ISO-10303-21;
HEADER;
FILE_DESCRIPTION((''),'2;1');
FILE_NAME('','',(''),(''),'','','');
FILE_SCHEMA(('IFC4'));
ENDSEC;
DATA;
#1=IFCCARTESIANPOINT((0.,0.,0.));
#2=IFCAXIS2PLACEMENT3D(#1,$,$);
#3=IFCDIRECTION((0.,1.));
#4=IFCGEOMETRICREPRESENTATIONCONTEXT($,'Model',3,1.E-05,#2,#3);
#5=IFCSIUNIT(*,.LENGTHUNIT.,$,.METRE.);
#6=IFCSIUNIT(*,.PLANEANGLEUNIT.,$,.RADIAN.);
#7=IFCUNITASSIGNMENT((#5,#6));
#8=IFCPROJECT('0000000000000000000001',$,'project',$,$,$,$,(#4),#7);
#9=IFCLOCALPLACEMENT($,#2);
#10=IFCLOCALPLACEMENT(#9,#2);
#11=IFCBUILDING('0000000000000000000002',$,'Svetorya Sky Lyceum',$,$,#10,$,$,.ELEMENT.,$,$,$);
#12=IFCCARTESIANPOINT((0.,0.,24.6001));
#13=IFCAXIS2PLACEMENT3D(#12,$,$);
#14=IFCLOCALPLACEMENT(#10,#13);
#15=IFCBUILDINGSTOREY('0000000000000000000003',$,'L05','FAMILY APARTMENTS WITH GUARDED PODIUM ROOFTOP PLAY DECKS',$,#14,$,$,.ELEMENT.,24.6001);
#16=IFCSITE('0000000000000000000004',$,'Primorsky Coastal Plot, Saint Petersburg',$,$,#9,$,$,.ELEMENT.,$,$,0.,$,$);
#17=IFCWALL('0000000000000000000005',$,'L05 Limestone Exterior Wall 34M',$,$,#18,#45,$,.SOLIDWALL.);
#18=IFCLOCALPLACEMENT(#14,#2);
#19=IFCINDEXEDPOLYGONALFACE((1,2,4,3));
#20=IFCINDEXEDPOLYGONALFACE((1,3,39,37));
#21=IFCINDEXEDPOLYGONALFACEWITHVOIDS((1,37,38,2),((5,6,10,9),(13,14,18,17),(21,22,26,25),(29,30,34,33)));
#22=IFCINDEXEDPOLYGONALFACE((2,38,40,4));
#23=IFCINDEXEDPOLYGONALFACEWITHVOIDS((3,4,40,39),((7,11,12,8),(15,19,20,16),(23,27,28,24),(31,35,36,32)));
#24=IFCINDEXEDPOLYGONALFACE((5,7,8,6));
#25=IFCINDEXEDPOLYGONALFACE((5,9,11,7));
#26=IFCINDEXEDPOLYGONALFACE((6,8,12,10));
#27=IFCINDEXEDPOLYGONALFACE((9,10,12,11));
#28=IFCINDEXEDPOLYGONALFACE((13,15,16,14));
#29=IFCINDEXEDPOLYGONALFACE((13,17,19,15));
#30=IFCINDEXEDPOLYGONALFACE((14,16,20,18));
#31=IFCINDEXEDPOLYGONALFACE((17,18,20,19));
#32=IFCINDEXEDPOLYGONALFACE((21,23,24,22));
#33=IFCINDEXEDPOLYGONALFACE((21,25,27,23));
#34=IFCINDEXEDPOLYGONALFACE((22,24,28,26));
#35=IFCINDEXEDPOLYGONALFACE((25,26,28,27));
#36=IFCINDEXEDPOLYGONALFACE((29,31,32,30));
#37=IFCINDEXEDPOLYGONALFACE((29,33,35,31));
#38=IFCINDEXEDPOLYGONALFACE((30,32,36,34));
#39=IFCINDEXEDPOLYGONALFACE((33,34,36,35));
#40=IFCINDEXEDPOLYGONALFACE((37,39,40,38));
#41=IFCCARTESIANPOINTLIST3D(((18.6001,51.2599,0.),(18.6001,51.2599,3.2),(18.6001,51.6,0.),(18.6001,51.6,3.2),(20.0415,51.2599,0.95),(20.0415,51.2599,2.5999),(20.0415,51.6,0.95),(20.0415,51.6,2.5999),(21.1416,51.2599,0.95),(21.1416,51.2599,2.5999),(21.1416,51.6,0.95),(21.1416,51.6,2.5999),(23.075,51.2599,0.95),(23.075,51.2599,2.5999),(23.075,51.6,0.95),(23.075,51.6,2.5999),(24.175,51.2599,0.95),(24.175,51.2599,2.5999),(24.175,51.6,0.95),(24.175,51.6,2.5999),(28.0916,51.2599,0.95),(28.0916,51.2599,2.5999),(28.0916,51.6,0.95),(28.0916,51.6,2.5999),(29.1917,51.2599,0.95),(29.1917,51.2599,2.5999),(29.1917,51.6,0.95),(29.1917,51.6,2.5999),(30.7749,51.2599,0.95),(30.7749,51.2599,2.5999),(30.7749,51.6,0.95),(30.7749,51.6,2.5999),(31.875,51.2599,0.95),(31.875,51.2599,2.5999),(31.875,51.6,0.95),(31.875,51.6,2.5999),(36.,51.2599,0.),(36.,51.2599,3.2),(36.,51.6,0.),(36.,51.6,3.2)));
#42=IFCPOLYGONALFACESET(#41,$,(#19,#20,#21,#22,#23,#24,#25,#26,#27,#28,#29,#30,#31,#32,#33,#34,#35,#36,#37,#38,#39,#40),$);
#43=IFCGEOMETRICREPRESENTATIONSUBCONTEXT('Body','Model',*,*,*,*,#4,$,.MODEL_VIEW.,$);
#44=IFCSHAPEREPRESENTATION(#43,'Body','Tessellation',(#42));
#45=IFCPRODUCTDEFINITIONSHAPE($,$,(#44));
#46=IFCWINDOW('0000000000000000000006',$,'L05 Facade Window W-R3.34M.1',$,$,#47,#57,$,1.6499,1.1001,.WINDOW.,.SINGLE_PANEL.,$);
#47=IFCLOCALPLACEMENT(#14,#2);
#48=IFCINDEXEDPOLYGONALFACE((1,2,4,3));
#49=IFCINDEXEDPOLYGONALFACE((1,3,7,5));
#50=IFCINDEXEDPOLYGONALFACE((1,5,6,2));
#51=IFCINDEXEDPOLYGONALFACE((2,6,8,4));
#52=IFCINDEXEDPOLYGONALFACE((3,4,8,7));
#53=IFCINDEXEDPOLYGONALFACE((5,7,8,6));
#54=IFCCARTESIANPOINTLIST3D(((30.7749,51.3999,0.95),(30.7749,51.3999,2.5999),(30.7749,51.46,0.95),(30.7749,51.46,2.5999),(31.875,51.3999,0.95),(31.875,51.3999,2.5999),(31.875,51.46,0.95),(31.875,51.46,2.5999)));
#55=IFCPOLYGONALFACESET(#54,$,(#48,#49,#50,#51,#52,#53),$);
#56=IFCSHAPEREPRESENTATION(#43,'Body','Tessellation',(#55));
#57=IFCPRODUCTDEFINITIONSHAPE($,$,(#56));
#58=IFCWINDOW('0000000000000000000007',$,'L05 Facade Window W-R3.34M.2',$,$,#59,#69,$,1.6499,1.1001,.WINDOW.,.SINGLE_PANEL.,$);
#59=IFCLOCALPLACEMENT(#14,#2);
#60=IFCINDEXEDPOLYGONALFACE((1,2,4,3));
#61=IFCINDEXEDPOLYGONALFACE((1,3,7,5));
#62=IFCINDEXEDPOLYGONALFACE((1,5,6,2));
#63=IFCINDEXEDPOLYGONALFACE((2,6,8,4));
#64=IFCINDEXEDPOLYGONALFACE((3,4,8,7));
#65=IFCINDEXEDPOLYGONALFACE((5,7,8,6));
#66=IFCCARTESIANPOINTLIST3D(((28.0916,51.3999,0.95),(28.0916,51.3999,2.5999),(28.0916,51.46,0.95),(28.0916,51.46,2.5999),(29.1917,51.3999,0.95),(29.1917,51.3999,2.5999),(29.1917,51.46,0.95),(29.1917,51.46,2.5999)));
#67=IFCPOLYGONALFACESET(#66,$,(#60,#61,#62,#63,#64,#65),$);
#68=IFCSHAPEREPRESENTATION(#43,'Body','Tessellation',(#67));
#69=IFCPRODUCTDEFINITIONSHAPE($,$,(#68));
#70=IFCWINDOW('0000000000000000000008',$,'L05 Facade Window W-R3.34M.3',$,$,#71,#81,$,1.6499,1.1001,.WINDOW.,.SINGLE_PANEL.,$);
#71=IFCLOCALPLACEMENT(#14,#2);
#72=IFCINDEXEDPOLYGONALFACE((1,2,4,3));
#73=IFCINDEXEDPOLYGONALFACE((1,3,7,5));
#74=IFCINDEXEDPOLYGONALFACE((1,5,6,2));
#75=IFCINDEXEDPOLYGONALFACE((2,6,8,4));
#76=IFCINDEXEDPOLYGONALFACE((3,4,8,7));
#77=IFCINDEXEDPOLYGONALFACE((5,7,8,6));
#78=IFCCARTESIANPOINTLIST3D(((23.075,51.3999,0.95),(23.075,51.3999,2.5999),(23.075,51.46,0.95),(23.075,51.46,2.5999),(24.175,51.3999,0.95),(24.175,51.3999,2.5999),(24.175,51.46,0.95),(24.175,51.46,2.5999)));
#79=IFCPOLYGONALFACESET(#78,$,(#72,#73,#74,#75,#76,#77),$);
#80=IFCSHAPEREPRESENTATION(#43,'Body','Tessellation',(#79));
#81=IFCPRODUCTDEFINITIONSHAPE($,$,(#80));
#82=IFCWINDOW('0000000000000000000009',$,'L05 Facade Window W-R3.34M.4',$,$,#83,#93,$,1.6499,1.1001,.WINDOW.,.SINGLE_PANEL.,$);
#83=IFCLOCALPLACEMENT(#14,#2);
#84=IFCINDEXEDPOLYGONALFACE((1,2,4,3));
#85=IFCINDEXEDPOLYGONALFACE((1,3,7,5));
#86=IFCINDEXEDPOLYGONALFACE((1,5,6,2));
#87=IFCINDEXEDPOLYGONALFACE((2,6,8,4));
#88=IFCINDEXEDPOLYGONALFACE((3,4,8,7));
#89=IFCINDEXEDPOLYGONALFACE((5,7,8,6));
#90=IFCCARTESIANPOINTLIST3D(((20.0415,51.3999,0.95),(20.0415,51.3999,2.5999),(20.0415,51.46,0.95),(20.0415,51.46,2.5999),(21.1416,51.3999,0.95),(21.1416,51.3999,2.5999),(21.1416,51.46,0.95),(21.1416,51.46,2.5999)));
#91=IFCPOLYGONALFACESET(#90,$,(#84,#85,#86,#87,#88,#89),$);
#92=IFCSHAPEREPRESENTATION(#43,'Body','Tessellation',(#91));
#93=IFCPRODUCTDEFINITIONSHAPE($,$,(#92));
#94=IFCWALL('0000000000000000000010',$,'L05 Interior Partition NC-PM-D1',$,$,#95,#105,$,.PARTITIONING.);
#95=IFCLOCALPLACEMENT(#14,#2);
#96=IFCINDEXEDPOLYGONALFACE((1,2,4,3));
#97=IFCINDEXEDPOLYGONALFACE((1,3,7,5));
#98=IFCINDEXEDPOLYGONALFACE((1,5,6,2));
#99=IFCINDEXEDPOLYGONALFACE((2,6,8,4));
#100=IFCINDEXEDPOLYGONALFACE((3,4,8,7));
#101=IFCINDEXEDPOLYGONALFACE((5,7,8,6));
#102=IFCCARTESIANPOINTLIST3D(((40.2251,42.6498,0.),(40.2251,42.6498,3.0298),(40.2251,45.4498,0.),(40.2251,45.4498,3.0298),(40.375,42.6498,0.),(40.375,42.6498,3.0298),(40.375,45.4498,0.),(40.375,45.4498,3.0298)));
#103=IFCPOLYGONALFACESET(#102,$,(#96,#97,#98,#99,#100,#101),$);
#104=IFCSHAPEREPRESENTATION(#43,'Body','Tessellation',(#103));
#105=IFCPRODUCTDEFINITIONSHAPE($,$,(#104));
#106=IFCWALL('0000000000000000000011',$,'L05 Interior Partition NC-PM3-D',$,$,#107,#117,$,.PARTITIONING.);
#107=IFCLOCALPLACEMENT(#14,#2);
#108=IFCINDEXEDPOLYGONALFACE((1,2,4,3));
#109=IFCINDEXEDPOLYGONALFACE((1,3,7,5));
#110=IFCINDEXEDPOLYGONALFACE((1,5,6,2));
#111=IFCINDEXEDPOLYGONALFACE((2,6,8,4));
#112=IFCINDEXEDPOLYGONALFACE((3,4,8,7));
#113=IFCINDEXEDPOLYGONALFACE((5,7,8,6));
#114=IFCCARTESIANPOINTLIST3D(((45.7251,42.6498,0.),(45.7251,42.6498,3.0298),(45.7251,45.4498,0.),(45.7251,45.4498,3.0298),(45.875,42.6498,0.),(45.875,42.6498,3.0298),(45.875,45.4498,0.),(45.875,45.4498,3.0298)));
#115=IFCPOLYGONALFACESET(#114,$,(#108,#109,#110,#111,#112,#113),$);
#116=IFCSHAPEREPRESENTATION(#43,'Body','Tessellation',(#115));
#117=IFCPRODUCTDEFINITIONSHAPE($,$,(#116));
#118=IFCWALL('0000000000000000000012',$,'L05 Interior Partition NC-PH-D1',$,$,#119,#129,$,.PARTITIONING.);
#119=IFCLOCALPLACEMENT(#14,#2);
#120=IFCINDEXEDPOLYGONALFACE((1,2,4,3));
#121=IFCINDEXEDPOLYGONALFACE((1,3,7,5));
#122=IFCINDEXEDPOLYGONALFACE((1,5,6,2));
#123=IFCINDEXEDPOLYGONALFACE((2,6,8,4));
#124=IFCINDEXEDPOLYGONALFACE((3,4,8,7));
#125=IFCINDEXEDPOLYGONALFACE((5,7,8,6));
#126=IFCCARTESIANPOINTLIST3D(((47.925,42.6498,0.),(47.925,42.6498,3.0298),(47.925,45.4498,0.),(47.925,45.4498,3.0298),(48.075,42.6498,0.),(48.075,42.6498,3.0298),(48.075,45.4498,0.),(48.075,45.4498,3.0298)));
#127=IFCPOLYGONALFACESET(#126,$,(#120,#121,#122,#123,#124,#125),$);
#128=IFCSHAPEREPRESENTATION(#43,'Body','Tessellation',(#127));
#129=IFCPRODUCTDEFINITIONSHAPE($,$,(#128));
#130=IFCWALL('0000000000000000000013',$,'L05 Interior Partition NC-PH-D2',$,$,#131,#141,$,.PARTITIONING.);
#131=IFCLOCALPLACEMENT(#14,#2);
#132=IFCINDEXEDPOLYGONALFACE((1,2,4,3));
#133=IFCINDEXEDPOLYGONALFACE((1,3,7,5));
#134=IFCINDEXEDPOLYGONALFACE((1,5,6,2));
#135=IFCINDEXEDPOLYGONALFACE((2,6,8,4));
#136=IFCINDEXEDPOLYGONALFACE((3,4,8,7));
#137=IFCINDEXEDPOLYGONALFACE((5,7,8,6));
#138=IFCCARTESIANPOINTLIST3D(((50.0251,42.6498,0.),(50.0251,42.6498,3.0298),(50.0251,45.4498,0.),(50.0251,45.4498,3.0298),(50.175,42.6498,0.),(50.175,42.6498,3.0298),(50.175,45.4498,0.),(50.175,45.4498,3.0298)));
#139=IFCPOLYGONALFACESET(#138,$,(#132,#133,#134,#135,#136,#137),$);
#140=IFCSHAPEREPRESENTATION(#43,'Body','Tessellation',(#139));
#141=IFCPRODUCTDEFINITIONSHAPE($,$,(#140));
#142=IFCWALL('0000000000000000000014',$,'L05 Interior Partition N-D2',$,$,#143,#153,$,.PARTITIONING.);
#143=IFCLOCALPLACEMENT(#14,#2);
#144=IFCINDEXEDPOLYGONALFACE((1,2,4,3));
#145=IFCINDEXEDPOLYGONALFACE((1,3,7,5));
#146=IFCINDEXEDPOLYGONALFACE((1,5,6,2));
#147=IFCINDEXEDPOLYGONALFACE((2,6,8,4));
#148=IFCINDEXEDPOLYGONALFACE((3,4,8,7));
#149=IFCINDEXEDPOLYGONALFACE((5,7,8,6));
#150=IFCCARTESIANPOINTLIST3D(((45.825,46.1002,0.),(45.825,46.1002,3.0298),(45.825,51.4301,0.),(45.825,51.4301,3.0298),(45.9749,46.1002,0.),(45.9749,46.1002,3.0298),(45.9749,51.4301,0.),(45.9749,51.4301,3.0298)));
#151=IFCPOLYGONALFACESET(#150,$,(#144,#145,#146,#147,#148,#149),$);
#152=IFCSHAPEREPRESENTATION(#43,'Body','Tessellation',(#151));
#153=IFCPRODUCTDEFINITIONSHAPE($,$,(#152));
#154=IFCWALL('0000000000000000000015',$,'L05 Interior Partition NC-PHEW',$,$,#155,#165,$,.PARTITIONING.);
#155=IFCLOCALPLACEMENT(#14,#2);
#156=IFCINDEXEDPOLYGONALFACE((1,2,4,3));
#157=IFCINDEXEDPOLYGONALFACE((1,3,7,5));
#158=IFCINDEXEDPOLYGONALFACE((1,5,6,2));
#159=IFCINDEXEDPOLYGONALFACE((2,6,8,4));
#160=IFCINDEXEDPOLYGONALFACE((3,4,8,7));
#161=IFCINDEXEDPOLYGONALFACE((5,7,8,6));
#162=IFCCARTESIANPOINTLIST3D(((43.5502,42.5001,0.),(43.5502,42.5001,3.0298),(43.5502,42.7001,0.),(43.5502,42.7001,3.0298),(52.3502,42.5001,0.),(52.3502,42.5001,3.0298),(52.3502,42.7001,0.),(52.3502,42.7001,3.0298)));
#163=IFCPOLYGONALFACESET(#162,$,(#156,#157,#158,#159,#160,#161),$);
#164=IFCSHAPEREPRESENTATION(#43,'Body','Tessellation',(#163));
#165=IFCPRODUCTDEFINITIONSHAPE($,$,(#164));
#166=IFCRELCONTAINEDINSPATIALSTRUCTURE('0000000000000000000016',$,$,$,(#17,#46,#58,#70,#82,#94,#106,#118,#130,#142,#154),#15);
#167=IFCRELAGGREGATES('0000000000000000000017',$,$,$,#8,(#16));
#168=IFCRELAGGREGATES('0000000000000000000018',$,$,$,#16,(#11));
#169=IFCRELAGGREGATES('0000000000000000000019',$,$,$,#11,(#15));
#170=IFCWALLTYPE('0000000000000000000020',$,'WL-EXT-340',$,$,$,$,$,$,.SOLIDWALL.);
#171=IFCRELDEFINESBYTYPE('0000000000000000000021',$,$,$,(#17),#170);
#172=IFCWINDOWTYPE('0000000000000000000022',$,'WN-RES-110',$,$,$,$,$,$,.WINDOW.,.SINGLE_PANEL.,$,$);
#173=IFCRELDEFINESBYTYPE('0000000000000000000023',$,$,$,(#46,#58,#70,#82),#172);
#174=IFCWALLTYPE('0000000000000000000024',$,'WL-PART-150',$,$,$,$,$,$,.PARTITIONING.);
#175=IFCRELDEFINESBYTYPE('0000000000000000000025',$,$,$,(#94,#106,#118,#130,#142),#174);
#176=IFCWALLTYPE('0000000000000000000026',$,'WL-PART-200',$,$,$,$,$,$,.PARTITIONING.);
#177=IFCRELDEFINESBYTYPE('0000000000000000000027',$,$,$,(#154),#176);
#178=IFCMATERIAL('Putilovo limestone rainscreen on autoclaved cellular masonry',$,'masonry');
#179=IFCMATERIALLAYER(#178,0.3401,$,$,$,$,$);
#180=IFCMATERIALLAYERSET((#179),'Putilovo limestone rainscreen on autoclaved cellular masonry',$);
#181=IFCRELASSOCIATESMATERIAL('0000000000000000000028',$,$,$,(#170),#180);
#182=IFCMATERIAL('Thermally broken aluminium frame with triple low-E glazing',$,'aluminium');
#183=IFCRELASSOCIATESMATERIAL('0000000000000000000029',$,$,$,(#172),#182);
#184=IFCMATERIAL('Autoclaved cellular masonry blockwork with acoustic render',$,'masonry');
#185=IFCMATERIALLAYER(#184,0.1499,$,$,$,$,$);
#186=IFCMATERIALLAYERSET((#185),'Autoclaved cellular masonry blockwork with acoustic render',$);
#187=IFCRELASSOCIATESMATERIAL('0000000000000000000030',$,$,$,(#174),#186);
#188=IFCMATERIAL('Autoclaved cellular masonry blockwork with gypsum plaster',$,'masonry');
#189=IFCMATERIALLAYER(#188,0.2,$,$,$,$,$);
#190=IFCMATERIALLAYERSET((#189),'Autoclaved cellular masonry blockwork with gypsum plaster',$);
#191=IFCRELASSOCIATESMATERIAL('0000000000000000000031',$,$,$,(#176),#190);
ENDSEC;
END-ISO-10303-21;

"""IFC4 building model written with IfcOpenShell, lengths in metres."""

from ifc_helpers import new_model, si_unit, direction, frame, frame_2d, origin, place, context, subcontext, project, spatial, rectangle, extrude, material, layer, layer_set, type_object, element, fill, save


model = new_model("IFC4")

# Units and contexts
model_context = context("Model", 3, precision=1e-05, world=origin(), true_north=direction((0.0, 1.0)))
body_context = subcontext(model_context, "Body", "Model", "MODEL_VIEW")
ifc_project = project(units=[si_unit("LENGTHUNIT", "METRE"), si_unit("PLANEANGLEUNIT", "RADIAN")], contexts=[model_context])

# Site, building, storey
site_placement = place(None, origin())
site = spatial("IfcSite", under=ifc_project, at=site_placement, Name="Primorsky Coastal Plot, Saint Petersburg", CompositionType="ELEMENT", RefElevation=0.0)
building_placement = place(site_placement, origin())
building = spatial("IfcBuilding", under=site, at=building_placement, Name="Svetorya Sky Lyceum", CompositionType="ELEMENT")
storey_placement = place(building_placement, frame((0.0, 0.0, 24.6001)))
storey = spatial("IfcBuildingStorey", under=building, at=storey_placement, Name="L05", Description="FAMILY APARTMENTS WITH GUARDED PODIUM ROOFTOP PLAY DECKS", CompositionType="ELEMENT", Elevation=24.6001)

# Shared definitions
ifc_material_1 = material(Name="Putilovo limestone rainscreen on autoclaved cellular masonry", Category="masonry")
ifc_layer_1 = layer(ifc_material_1, 0.3401)
ifc_layer_set_1 = layer_set([ifc_layer_1], Name="Putilovo limestone rainscreen on autoclaved cellular masonry")
wall_type_1 = type_object("IfcWallType", Name="WL-EXT-340", PredefinedType="SOLIDWALL", material=ifc_layer_set_1)

# Wall, openings, windows
wall_1_placement = place(storey_placement, frame((36.0, 51.4299, 0.0), z_axis=(0.0, 0.0, 1.0), x_axis=(-1.0, 0.0, 0.0)))
wall_1 = element("IfcWall", 1, at=wall_1_placement, inside=storey, type_object=wall_type_1, Name="L05 Limestone Exterior Wall 34M", PredefinedType="SOLIDWALL", context=body_context, shape_type="SweptSolid", body=[
    extrude(rectangle(XDim=17.3999, YDim=0.3401, at=frame_2d((8.7, 0.0))), origin(), (0.0, 0.0, 1.0), 3.2),
])
opening_1_placement = place(wall_1_placement, frame((4.125, 0.0, 0.95)))
opening_1 = element("IfcOpeningElement", 2, at=opening_1_placement, cuts=wall_1, PredefinedType="OPENING", context=body_context, shape_type="SweptSolid", body=[
    extrude(rectangle(XDim=1.1001, YDim=1.6499, at=frame_2d((0.55, 0.825))), frame((0.0, 0.1799, 0.0), z_axis=(0.0, -1.0, 0.0), x_axis=(1.0, 0.0, 0.0)), (0.0, 0.0, 1.0), 0.3601),
])
opening_2_placement = place(wall_1_placement, frame((6.8083, 0.0, 0.95)))
opening_2 = element("IfcOpeningElement", 3, at=opening_2_placement, cuts=wall_1, PredefinedType="OPENING", context=body_context, shape_type="SweptSolid", body=[
    extrude(rectangle(XDim=1.1001, YDim=1.6499, at=frame_2d((0.55, 0.825))), frame((0.0, 0.1799, 0.0), z_axis=(0.0, -1.0, 0.0), x_axis=(1.0, 0.0, 0.0)), (0.0, 0.0, 1.0), 0.3601),
])
opening_3_placement = place(wall_1_placement, frame((11.825, 0.0, 0.95)))
opening_3 = element("IfcOpeningElement", 4, at=opening_3_placement, cuts=wall_1, PredefinedType="OPENING", context=body_context, shape_type="SweptSolid", body=[
    extrude(rectangle(XDim=1.1001, YDim=1.6499, at=frame_2d((0.55, 0.825))), frame((0.0, 0.1799, 0.0), z_axis=(0.0, -1.0, 0.0), x_axis=(1.0, 0.0, 0.0)), (0.0, 0.0, 1.0), 0.3601),
])
opening_4_placement = place(wall_1_placement, frame((14.8584, 0.0, 0.95)))
opening_4 = element("IfcOpeningElement", 5, at=opening_4_placement, cuts=wall_1, PredefinedType="OPENING", context=body_context, shape_type="SweptSolid", body=[
    extrude(rectangle(XDim=1.1001, YDim=1.6499, at=frame_2d((0.55, 0.825))), frame((0.0, 0.1799, 0.0), z_axis=(0.0, -1.0, 0.0), x_axis=(1.0, 0.0, 0.0)), (0.0, 0.0, 1.0), 0.3601),
])
ifc_material_2 = material(Name="Thermally broken aluminium frame with triple low-E glazing", Category="aluminium")
window_type = type_object("IfcWindowType", Name="WN-RES-110", PartitioningType="SINGLE_PANEL", PredefinedType="WINDOW", material=ifc_material_2)
window_1_placement = place(opening_1_placement, origin())
window_1 = element("IfcWindow", 6, at=window_1_placement, inside=storey, type_object=window_type, Name="L05 Facade Window W-R3.34M.1", OverallHeight=1.6499, OverallWidth=1.1001, PartitioningType="SINGLE_PANEL", PredefinedType="WINDOW", context=body_context, shape_type="SweptSolid", body=[
    extrude(rectangle(XDim=1.1001, YDim=1.6499, at=frame_2d((0.55, 0.825))), frame((0.0, 0.03, 0.0), z_axis=(0.0, -1.0, 0.0), x_axis=(1.0, 0.0, 0.0)), (0.0, 0.0, 1.0), 0.0601),
])
fill(opening_1, window_1)
window_2_placement = place(opening_2_placement, origin())
window_2 = element("IfcWindow", 7, at=window_2_placement, inside=storey, type_object=window_type, Name="L05 Facade Window W-R3.34M.2", OverallHeight=1.6499, OverallWidth=1.1001, PartitioningType="SINGLE_PANEL", PredefinedType="WINDOW", context=body_context, shape_type="SweptSolid", body=[
    extrude(rectangle(XDim=1.1001, YDim=1.6499, at=frame_2d((0.55, 0.825))), frame((0.0, 0.03, 0.0), z_axis=(0.0, -1.0, 0.0), x_axis=(1.0, 0.0, 0.0)), (0.0, 0.0, 1.0), 0.0601),
])
fill(opening_2, window_2)
window_3_placement = place(opening_3_placement, origin())
window_3 = element("IfcWindow", 8, at=window_3_placement, inside=storey, type_object=window_type, Name="L05 Facade Window W-R3.34M.3", OverallHeight=1.6499, OverallWidth=1.1001, PartitioningType="SINGLE_PANEL", PredefinedType="WINDOW", context=body_context, shape_type="SweptSolid", body=[
    extrude(rectangle(XDim=1.1001, YDim=1.6499, at=frame_2d((0.55, 0.825))), frame((0.0, 0.03, 0.0), z_axis=(0.0, -1.0, 0.0), x_axis=(1.0, 0.0, 0.0)), (0.0, 0.0, 1.0), 0.0601),
])
fill(opening_3, window_3)
window_4_placement = place(opening_4_placement, origin())
window_4 = element("IfcWindow", 9, at=window_4_placement, inside=storey, type_object=window_type, Name="L05 Facade Window W-R3.34M.4", OverallHeight=1.6499, OverallWidth=1.1001, PartitioningType="SINGLE_PANEL", PredefinedType="WINDOW", context=body_context, shape_type="SweptSolid", body=[
    extrude(rectangle(XDim=1.1001, YDim=1.6499, at=frame_2d((0.55, 0.825))), frame((0.0, 0.03, 0.0), z_axis=(0.0, -1.0, 0.0), x_axis=(1.0, 0.0, 0.0)), (0.0, 0.0, 1.0), 0.0601),
])
fill(opening_4, window_4)

# Walls
ifc_material_3 = material(Name="Autoclaved cellular masonry blockwork with acoustic render", Category="masonry")
ifc_layer_2 = layer(ifc_material_3, 0.1499)
ifc_layer_set_2 = layer_set([ifc_layer_2], Name="Autoclaved cellular masonry blockwork with acoustic render")
wall_type_2 = type_object("IfcWallType", Name="WL-PART-150", PredefinedType="PARTITIONING", material=ifc_layer_set_2)
for number, where, z_axis, x_axis, name in (
    (10, (40.3, 42.6499, 0.0), (0.0, 0.0, 1.0), (0.0, 1.0, 0.0), "L05 Interior Partition NC-PM-D1"),
    (11, (45.8, 42.6499, 0.0), (0.0, 0.0, 1.0), (0.0, 1.0, 0.0), "L05 Interior Partition NC-PM3-D"),
    (12, (48.0, 42.6499, 0.0), (0.0, 0.0, 1.0), (0.0, 1.0, 0.0), "L05 Interior Partition NC-PH-D1"),
    (13, (50.1001, 42.6499, 0.0), (0.0, 0.0, 1.0), (0.0, 1.0, 0.0), "L05 Interior Partition NC-PH-D2"),
):
    element("IfcWall", number, at=place(storey_placement, frame(where, z_axis=z_axis, x_axis=x_axis)), inside=storey, type_object=wall_type_2, Name=name, PredefinedType="PARTITIONING", context=body_context, shape_type="SweptSolid", body=[
        extrude(rectangle(XDim=2.8, YDim=0.1499, at=frame_2d((1.3999, 0.0))), origin(), (0.0, 0.0, 1.0), 3.0298),
    ])
wall_2_placement = place(storey_placement, frame((45.8999, 46.1001, 0.0), z_axis=(0.0, 0.0, 1.0), x_axis=(0.0, 1.0, 0.0)))
element("IfcWall", 14, at=wall_2_placement, inside=storey, type_object=wall_type_2, Name="L05 Interior Partition N-D2", PredefinedType="PARTITIONING", context=body_context, shape_type="SweptSolid", body=[
    extrude(rectangle(XDim=5.3298, YDim=0.1499, at=frame_2d((2.665, 0.0))), origin(), (0.0, 0.0, 1.0), 3.0298),
])
ifc_material_4 = material(Name="Autoclaved cellular masonry blockwork with gypsum plaster", Category="masonry")
ifc_layer_3 = layer(ifc_material_4, 0.2)
ifc_layer_set_3 = layer_set([ifc_layer_3], Name="Autoclaved cellular masonry blockwork with gypsum plaster")
wall_type_3 = type_object("IfcWallType", Name="WL-PART-200", PredefinedType="PARTITIONING", material=ifc_layer_set_3)
wall_3_placement = place(storey_placement, frame((52.3501, 42.6001, 0.0), z_axis=(0.0, 0.0, 1.0), x_axis=(-1.0, 0.0, 0.0)))
element("IfcWall", 15, at=wall_3_placement, inside=storey, type_object=wall_type_3, Name="L05 Interior Partition NC-PHEW", PredefinedType="PARTITIONING", context=body_context, shape_type="SweptSolid", body=[
    extrude(rectangle(XDim=8.8, YDim=0.2, at=frame_2d((4.3999, 0.0))), origin(), (0.0, 0.0, 1.0), 3.0298),
])

save(model, "model.ifc")
